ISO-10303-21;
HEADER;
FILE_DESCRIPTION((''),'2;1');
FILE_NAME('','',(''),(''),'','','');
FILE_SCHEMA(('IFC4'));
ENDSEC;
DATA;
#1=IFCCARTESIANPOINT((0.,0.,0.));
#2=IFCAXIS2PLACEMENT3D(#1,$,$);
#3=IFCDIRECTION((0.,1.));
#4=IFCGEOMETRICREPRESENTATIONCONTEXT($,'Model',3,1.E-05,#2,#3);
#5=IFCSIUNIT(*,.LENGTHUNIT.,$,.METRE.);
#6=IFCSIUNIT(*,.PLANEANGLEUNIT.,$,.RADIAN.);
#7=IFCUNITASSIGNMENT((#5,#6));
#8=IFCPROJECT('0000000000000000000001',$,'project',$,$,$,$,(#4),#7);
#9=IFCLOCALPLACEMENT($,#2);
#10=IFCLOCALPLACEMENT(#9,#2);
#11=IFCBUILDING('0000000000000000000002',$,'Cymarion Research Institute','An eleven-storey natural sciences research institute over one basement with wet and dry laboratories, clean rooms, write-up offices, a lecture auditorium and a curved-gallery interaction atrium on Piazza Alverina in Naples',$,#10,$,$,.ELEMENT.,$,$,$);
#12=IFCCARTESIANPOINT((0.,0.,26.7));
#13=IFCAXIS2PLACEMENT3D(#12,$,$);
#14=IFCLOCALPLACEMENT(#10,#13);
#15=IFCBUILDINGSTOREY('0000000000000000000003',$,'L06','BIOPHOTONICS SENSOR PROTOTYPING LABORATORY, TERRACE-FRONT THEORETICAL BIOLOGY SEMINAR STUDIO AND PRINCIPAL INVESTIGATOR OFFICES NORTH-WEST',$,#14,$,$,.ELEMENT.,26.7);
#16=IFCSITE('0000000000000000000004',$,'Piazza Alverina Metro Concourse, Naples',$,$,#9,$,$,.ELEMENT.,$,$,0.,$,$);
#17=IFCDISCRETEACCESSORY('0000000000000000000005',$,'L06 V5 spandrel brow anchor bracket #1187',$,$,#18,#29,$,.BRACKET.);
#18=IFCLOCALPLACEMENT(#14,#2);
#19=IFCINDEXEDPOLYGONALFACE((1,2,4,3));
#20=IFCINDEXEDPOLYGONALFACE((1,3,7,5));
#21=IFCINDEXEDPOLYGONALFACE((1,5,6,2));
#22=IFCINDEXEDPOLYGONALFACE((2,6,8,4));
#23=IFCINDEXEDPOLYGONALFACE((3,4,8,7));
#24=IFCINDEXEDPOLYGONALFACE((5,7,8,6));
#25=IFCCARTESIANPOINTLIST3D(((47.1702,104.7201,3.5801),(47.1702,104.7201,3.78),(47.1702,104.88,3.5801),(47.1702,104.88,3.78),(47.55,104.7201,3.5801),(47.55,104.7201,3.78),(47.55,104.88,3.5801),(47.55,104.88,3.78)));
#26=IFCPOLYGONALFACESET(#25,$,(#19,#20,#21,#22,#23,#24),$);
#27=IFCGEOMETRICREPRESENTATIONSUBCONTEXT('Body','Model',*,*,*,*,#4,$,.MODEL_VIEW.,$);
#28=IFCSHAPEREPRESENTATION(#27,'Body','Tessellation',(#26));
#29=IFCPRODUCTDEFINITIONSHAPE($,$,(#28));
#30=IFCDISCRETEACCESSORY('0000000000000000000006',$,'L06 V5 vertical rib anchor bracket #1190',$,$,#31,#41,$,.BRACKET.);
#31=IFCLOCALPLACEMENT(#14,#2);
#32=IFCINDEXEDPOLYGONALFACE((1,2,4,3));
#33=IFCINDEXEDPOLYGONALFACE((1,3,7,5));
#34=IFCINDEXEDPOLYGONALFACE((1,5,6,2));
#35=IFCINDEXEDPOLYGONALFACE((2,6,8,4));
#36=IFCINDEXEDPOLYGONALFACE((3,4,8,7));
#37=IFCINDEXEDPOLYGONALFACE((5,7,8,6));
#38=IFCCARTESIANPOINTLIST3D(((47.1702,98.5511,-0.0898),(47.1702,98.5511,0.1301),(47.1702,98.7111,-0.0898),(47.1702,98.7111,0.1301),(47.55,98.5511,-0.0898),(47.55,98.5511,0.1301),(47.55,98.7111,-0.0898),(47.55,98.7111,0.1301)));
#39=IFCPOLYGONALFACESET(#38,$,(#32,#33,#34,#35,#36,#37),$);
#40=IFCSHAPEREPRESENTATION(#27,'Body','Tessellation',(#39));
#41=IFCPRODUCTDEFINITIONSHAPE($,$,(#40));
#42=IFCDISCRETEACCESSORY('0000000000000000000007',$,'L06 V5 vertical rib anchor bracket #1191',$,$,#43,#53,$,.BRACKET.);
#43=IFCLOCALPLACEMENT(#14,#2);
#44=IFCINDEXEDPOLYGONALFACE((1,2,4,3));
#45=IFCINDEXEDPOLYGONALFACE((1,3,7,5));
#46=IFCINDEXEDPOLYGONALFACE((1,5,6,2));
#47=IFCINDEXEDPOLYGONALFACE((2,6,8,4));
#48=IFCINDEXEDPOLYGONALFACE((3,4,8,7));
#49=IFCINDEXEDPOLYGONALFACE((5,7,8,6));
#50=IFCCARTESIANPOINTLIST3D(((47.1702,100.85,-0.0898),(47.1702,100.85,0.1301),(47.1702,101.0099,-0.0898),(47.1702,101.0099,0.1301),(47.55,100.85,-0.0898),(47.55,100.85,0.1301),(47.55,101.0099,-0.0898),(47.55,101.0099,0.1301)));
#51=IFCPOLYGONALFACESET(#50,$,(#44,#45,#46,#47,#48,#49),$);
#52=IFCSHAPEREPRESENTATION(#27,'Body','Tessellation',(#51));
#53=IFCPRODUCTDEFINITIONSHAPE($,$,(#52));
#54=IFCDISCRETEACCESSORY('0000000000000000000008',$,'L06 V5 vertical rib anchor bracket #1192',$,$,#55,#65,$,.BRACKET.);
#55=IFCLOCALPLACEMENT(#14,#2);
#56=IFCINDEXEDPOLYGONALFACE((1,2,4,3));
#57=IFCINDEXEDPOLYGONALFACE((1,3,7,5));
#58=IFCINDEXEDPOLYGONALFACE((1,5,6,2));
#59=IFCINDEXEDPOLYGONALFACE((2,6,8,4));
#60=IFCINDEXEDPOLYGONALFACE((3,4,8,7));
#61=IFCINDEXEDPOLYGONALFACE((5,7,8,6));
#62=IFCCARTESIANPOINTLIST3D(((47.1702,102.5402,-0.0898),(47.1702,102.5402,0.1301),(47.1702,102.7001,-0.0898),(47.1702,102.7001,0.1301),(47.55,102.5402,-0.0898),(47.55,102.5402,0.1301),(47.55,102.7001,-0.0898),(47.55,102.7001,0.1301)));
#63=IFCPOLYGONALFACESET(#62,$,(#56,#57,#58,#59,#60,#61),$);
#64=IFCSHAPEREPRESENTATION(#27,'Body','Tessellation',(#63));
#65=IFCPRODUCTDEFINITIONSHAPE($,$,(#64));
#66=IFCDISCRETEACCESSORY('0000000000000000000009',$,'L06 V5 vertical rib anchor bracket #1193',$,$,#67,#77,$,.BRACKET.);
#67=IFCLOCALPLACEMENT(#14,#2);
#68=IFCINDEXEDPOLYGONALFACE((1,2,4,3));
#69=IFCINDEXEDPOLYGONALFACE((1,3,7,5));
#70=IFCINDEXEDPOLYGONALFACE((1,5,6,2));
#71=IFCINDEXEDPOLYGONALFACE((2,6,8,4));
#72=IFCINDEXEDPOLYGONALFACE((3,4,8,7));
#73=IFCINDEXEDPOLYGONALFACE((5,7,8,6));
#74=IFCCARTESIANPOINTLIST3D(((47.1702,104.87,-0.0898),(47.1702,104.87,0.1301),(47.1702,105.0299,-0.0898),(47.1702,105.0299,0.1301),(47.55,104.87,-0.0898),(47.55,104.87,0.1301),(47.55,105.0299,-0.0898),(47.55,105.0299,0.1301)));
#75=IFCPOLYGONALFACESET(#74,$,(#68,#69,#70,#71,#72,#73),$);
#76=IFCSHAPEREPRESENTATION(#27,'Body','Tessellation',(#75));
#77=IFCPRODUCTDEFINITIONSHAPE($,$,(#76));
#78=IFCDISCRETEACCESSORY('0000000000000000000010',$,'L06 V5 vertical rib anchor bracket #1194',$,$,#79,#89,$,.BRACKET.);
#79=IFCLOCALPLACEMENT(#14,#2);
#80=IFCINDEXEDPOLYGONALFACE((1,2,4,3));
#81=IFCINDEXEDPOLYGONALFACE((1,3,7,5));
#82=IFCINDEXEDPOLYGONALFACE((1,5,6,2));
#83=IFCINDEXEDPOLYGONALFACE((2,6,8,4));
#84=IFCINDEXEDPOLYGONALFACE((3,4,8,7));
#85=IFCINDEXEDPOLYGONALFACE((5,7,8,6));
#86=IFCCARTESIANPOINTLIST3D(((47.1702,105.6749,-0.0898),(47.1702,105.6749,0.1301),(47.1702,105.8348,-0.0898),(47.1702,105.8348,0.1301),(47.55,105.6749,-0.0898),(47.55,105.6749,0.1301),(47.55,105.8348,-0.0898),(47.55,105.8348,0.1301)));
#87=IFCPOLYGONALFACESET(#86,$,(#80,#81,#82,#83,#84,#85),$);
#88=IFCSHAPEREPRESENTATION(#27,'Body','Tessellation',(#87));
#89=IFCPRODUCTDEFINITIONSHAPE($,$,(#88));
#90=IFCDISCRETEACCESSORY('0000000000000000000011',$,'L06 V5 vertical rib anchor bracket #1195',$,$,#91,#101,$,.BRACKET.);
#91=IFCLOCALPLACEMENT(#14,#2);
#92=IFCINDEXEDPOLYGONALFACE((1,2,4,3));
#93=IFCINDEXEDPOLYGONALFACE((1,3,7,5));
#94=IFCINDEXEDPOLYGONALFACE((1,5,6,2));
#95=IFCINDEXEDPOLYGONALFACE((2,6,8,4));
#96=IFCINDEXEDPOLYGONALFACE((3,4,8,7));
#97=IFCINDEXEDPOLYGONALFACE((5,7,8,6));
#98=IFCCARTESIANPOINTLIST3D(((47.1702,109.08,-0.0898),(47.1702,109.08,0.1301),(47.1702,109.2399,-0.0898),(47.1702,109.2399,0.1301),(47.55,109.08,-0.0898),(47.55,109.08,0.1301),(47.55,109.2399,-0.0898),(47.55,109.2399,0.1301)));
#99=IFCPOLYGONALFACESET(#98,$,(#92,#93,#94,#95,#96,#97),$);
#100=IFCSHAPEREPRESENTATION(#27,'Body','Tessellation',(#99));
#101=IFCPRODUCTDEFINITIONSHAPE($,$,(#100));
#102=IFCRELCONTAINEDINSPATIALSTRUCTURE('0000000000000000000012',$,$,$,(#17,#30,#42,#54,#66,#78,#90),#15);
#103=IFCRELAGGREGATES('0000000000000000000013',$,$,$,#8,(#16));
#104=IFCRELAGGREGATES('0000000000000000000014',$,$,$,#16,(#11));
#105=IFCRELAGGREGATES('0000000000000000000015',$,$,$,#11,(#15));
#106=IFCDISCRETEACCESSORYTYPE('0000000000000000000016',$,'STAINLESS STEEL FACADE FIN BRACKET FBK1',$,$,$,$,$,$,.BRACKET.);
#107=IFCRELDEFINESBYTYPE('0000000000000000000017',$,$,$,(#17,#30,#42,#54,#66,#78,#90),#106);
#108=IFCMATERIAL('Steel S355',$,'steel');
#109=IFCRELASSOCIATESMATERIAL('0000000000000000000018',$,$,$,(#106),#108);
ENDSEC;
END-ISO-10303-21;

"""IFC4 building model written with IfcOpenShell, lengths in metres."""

from ifc_helpers import new_model, si_unit, direction, frame, origin, origin_2d, place, context, subcontext, project, spatial, rectangle, extrude, material, type_object, element, save


model = new_model("IFC4")

# Units and contexts
model_context = context("Model", 3, precision=1e-05, world=origin(), true_north=direction((0.0, 1.0)))
body_context = subcontext(model_context, "Body", "Model", "MODEL_VIEW")
ifc_project = project(units=[si_unit("LENGTHUNIT", "METRE"), si_unit("PLANEANGLEUNIT", "RADIAN")], contexts=[model_context])

# Site, building, storey
site_placement = place(None, origin())
site = spatial("IfcSite", under=ifc_project, at=site_placement, Name="Piazza Alverina Metro Concourse, Naples", CompositionType="ELEMENT", RefElevation=0.0)
building_placement = place(site_placement, origin())
building = spatial("IfcBuilding", under=site, at=building_placement, Name="Cymarion Research Institute", Description="An eleven-storey natural sciences research institute over one basement with wet and dry laboratories, clean rooms, write-up offices, a lecture auditorium and a curved-gallery interaction atrium on Piazza Alverina in Naples", CompositionType="ELEMENT")
storey_placement = place(building_placement, frame((0.0, 0.0, 26.7)))
storey = spatial("IfcBuildingStorey", under=building, at=storey_placement, Name="L06", Description="BIOPHOTONICS SENSOR PROTOTYPING LABORATORY, TERRACE-FRONT THEORETICAL BIOLOGY SEMINAR STUDIO AND PRINCIPAL INVESTIGATOR OFFICES NORTH-WEST", CompositionType="ELEMENT", Elevation=26.7)

# Shared definitions
ifc_material_1 = material(Name="Steel S355", Category="steel")

# Discrete accessories
discrete_accessory_type = type_object("IfcDiscreteAccessoryType", Name="STAINLESS STEEL FACADE FIN BRACKET FBK1", PredefinedType="BRACKET", material=ifc_material_1)
discrete_accessory_placement = place(storey_placement, frame((47.3601, 104.8, 3.5801), z_axis=(0.0, 0.0, 1.0), x_axis=(1.0, 0.0, 0.0)))
element("IfcDiscreteAccessory", 1, at=discrete_accessory_placement, inside=storey, type_object=discrete_accessory_type, Name="L06 V5 spandrel brow anchor bracket #1187", PredefinedType="BRACKET", context=body_context, shape_type="SweptSolid", body=[
    extrude(rectangle(XDim=0.3799, YDim=0.1599, at=origin_2d()), origin(), (0.0, 0.0, 1.0), 0.2),
])
for number, where, z_axis, x_axis, name in (
    (2, (47.3601, 98.6311, -0.0898), (0.0, 0.0, 1.0), (1.0, 0.0, 0.0), "L06 V5 vertical rib anchor bracket #1190"),
    (3, (47.3601, 100.9299, -0.0898), (0.0, 0.0, 1.0), (1.0, 0.0, 0.0), "L06 V5 vertical rib anchor bracket #1191"),
    (4, (47.3601, 102.6201, -0.0898), (0.0, 0.0, 1.0), (1.0, 0.0, 0.0), "L06 V5 vertical rib anchor bracket #1192"),
    (5, (47.3601, 104.95, -0.0898), (0.0, 0.0, 1.0), (1.0, 0.0, 0.0), "L06 V5 vertical rib anchor bracket #1193"),
    (6, (47.3601, 105.7549, -0.0898), (0.0, 0.0, 1.0), (1.0, 0.0, 0.0), "L06 V5 vertical rib anchor bracket #1194"),
    (7, (47.3601, 109.1599, -0.0898), (0.0, 0.0, 1.0), (1.0, 0.0, 0.0), "L06 V5 vertical rib anchor bracket #1195"),
):
    element("IfcDiscreteAccessory", number, at=place(storey_placement, frame(where, z_axis=z_axis, x_axis=x_axis)), inside=storey, type_object=discrete_accessory_type, Name=name, PredefinedType="BRACKET", context=body_context, shape_type="SweptSolid", body=[
        extrude(rectangle(XDim=0.3799, YDim=0.1599, at=origin_2d()), origin(), (0.0, 0.0, 1.0), 0.22),
    ])

save(model, "model.ifc")
